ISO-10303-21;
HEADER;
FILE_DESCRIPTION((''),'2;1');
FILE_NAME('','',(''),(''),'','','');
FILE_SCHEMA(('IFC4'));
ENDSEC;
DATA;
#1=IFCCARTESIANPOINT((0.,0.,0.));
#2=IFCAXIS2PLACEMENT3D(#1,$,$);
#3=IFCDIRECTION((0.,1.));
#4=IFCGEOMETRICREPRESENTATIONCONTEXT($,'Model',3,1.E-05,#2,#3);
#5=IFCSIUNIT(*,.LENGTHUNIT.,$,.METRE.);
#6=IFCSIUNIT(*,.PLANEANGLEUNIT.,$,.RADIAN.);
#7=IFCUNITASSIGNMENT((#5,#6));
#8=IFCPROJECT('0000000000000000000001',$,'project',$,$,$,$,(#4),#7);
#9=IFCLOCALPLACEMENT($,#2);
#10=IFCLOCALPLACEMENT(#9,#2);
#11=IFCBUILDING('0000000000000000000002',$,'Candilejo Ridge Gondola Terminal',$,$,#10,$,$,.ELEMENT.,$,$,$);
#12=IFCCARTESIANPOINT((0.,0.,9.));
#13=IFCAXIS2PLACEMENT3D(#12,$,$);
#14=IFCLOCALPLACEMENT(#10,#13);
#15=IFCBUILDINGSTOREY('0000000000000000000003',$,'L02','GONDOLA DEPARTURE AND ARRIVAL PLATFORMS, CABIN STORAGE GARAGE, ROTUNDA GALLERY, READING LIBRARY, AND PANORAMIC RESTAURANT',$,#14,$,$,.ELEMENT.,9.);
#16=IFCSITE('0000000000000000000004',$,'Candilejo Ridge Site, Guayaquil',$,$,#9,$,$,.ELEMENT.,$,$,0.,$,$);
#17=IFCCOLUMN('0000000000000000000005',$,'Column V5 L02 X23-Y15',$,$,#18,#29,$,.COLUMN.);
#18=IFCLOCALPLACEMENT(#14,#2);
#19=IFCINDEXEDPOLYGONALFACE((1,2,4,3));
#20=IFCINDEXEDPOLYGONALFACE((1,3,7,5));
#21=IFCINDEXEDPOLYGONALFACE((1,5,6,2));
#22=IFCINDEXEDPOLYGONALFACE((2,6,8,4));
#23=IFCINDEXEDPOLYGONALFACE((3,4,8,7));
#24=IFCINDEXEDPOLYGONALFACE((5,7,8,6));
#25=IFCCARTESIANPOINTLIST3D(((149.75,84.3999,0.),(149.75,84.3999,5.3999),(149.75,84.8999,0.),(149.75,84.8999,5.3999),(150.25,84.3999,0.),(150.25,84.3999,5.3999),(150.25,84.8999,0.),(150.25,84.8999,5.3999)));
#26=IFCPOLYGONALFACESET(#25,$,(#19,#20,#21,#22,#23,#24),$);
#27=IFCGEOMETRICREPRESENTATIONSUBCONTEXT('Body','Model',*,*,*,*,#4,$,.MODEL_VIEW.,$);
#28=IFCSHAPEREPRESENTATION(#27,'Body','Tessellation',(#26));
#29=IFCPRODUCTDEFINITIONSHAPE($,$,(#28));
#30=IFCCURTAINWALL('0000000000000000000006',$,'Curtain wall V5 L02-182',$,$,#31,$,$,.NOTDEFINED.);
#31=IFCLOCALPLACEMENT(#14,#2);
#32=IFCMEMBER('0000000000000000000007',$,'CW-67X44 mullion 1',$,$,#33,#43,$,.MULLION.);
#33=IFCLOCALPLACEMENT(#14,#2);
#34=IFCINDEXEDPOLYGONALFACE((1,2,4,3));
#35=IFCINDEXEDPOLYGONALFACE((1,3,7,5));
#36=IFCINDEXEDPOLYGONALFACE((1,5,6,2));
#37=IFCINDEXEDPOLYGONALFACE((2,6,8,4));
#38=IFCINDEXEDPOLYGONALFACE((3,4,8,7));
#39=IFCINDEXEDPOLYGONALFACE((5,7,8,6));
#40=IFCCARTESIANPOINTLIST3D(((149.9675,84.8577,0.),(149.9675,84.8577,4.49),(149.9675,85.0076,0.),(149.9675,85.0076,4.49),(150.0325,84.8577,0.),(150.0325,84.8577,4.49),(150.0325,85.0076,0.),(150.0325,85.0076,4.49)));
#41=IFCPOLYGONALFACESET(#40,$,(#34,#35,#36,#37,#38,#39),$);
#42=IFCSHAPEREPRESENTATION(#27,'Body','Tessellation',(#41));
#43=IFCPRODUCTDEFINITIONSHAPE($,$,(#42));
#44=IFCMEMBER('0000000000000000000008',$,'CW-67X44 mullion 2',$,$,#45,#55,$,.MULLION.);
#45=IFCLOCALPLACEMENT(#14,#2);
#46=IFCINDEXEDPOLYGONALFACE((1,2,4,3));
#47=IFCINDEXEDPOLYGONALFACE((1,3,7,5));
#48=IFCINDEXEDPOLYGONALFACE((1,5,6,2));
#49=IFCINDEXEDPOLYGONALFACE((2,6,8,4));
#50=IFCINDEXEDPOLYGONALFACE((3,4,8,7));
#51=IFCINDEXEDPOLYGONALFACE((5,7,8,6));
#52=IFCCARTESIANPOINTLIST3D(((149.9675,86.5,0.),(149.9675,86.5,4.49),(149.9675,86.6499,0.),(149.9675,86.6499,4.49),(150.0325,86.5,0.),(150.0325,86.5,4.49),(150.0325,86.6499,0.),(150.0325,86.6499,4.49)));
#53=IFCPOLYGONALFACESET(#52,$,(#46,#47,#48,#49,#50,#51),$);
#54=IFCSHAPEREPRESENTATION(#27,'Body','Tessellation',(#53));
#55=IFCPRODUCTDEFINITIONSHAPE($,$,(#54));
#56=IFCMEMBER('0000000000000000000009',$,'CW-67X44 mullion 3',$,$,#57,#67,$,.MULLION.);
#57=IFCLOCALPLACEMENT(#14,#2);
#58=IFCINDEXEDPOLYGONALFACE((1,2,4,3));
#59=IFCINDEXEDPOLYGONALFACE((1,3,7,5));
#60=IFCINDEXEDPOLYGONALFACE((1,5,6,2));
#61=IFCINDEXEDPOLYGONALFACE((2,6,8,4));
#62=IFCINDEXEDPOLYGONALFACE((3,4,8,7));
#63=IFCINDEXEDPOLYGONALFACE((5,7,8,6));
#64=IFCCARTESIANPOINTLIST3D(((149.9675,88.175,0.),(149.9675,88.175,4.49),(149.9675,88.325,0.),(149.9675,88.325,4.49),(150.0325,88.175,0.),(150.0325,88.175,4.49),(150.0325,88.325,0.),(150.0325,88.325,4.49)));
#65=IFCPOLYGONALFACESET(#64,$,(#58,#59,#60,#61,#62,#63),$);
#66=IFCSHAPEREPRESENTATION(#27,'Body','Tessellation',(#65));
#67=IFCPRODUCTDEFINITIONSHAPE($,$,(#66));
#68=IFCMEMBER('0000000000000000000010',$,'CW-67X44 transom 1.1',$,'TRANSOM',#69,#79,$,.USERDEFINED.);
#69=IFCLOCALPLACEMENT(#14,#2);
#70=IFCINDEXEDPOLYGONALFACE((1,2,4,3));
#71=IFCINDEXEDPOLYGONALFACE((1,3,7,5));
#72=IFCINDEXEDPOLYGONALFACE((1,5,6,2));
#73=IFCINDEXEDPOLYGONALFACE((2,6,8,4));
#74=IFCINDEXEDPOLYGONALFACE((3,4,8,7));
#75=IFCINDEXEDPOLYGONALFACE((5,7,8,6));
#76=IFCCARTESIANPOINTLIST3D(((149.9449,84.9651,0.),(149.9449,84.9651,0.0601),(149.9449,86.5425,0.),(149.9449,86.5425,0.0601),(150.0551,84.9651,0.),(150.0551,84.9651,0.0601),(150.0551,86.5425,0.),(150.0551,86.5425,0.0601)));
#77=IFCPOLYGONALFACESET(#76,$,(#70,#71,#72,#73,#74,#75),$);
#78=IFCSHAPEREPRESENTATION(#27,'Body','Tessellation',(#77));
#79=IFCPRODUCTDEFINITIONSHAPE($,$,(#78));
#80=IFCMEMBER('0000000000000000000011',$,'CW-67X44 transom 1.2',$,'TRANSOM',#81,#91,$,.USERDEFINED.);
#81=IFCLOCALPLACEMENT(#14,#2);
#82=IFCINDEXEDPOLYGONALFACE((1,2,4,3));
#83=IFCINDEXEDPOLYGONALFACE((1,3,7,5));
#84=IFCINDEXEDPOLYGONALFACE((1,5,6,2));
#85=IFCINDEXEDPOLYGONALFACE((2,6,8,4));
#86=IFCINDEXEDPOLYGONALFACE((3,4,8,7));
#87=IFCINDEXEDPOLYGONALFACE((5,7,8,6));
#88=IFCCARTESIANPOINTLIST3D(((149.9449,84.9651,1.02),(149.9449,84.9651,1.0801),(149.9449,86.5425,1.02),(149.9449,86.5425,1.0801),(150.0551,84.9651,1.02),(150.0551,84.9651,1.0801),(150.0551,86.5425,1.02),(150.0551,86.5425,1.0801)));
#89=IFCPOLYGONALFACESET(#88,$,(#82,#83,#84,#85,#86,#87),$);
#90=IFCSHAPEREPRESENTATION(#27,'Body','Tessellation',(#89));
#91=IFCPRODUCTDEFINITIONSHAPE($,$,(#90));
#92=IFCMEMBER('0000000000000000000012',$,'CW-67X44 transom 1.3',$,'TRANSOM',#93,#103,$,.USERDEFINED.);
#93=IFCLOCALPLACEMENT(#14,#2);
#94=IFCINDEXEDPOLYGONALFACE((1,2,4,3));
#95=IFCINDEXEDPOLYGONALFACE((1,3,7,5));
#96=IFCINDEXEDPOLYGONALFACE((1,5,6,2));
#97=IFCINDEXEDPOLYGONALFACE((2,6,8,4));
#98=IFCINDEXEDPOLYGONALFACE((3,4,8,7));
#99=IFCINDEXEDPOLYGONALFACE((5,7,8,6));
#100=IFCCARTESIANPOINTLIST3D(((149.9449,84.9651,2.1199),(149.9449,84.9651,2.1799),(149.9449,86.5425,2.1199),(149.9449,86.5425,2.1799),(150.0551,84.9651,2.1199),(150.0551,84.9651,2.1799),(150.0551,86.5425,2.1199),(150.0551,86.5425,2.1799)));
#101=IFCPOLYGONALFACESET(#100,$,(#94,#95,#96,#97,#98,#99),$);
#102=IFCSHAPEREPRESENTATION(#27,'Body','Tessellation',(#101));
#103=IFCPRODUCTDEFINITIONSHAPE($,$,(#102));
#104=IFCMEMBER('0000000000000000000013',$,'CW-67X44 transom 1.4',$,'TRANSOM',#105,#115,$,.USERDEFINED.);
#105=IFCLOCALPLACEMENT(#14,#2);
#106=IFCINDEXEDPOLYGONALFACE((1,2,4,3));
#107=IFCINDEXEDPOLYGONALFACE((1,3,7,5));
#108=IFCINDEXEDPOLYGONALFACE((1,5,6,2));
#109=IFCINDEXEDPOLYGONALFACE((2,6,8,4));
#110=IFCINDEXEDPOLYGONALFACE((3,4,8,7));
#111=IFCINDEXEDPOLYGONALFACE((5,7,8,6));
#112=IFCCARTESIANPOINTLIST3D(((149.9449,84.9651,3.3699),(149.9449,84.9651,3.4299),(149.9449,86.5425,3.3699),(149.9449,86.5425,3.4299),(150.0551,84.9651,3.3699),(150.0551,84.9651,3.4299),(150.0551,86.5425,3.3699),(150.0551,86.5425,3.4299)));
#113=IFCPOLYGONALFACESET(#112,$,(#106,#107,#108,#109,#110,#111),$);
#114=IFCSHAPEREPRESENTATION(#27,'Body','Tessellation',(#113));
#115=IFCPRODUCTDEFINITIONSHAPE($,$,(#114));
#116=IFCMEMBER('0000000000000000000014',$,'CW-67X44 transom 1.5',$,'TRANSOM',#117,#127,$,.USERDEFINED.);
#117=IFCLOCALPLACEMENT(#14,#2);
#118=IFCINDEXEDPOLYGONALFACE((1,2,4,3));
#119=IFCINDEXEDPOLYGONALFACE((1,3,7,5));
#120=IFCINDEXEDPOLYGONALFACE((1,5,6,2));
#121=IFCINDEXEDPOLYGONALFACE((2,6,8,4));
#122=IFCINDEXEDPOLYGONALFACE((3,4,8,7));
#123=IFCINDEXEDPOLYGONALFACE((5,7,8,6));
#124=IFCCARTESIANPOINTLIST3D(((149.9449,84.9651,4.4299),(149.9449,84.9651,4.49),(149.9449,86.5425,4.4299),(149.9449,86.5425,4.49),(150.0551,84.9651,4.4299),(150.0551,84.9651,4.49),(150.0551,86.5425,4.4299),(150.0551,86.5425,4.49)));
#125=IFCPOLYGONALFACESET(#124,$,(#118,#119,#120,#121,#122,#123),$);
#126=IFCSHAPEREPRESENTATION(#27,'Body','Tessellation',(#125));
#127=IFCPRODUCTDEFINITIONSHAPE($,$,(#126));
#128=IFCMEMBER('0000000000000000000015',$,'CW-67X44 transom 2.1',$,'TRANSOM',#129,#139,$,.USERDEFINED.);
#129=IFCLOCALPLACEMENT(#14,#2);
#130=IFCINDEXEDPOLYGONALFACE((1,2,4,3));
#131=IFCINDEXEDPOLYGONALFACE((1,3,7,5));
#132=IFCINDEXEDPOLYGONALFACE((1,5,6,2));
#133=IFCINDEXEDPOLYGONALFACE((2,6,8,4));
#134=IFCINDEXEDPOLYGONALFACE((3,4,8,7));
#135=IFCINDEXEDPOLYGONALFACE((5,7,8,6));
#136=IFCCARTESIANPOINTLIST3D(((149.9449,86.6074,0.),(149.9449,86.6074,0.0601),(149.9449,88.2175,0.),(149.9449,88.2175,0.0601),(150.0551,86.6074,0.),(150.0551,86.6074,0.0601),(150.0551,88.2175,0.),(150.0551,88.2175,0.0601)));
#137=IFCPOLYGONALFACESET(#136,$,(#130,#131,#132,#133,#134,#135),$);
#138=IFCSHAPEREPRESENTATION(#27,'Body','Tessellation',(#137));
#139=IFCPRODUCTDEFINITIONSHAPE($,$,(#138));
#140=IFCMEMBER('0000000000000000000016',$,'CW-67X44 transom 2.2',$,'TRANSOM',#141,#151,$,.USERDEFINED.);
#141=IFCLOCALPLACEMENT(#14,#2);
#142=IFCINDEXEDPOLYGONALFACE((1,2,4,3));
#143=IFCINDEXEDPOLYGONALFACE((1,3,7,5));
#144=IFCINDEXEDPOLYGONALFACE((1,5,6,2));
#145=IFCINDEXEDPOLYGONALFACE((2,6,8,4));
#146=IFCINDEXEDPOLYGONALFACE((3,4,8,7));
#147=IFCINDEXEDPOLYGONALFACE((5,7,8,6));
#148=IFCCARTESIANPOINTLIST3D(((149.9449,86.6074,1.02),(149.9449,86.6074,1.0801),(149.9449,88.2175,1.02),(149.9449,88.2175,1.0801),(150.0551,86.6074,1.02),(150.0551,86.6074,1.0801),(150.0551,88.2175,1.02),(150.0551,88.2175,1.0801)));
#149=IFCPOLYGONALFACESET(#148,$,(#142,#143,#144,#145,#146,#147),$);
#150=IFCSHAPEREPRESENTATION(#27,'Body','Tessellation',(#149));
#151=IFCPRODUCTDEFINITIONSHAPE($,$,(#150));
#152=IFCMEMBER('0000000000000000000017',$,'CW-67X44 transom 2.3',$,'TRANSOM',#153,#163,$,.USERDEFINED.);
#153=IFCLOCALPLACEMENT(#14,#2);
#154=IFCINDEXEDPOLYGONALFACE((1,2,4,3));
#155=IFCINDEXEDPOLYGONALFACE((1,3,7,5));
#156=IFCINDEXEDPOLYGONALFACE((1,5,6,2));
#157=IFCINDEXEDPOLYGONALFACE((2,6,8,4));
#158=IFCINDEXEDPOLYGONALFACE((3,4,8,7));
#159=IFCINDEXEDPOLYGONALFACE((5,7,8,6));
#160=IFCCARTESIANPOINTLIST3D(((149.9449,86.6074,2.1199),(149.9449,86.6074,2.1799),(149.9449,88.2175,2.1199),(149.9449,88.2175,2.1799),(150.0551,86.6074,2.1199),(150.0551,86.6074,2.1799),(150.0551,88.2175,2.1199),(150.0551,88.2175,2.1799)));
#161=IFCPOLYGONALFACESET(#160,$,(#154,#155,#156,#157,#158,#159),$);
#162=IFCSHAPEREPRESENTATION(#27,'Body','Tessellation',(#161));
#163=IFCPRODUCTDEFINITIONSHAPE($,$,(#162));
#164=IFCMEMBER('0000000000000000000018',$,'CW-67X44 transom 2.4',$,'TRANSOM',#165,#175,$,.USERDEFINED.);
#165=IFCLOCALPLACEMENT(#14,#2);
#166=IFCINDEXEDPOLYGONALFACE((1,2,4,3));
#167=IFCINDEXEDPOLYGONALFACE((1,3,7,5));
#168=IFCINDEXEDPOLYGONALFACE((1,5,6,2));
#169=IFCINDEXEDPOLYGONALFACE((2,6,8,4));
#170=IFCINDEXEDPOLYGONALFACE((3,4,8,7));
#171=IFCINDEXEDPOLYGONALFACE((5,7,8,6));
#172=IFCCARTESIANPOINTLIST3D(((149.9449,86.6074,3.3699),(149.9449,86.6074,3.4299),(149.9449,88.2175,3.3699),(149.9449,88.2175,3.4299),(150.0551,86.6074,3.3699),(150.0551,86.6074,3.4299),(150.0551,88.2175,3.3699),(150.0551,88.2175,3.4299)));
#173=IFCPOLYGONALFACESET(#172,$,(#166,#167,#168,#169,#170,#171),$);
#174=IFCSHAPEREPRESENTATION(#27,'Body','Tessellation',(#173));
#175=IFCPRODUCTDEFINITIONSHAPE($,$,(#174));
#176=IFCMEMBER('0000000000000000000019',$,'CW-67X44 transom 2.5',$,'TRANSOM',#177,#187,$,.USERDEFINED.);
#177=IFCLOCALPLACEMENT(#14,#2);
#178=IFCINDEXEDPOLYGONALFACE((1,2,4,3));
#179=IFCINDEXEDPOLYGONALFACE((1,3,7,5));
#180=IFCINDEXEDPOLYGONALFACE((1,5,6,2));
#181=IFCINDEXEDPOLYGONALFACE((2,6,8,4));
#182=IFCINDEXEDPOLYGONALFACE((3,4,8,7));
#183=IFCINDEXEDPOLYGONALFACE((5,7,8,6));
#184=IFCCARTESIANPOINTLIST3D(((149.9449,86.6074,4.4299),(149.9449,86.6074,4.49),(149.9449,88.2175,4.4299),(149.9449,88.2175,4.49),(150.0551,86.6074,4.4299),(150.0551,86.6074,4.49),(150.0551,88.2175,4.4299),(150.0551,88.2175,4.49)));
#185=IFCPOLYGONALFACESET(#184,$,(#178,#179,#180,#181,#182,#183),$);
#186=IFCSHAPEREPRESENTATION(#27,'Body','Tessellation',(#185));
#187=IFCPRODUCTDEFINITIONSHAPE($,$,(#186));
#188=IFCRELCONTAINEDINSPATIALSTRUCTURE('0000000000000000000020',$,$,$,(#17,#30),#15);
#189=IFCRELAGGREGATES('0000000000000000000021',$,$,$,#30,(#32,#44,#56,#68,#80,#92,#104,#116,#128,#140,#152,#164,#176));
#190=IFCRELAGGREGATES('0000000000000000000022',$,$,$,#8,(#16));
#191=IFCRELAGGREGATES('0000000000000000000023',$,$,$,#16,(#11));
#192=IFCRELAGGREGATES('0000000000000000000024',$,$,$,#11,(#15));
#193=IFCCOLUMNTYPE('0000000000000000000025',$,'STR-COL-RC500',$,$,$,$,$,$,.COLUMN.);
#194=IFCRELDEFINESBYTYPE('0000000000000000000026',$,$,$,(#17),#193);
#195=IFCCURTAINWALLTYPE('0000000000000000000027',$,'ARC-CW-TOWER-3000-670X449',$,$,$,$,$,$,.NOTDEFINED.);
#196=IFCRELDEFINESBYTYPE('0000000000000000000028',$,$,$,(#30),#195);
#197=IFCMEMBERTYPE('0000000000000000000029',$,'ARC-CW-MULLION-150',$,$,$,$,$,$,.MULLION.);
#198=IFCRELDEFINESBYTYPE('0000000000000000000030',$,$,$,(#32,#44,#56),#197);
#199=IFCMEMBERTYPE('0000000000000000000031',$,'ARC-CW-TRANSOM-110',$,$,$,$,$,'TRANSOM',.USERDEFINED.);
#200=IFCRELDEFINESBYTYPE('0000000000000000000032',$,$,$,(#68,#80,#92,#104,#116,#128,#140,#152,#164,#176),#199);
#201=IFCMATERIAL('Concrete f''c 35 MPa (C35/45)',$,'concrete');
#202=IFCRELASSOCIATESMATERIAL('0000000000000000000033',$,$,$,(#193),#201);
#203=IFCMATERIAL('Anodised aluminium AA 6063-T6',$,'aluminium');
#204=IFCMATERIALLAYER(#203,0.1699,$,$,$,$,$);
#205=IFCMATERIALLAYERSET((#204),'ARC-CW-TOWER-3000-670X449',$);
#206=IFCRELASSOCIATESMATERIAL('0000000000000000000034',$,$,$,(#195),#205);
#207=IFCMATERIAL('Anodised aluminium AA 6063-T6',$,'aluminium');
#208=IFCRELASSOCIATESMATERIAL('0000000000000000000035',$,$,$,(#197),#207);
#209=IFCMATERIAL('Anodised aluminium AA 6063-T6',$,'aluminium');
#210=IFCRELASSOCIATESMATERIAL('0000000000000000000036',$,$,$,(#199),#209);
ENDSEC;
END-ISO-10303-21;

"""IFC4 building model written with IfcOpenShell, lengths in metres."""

from ifc_helpers import new_model, si_unit, direction, frame, origin, origin_2d, place, context, subcontext, project, spatial, rectangle, extrude, material, layer, layer_set, material_profile, profile_set, type_object, element, aggregate, save


model = new_model("IFC4")

# Units and contexts
model_context = context("Model", 3, precision=1e-05, world=origin(), true_north=direction((0.0, 1.0)))
body_context = subcontext(model_context, "Body", "Model", "MODEL_VIEW")
ifc_project = project(units=[si_unit("LENGTHUNIT", "METRE"), si_unit("PLANEANGLEUNIT", "RADIAN")], contexts=[model_context])

# Site, building, storey
site_placement = place(None, origin())
site = spatial("IfcSite", under=ifc_project, at=site_placement, Name="Candilejo Ridge Site, Guayaquil", CompositionType="ELEMENT", RefElevation=0.0)
building_placement = place(site_placement, origin())
building = spatial("IfcBuilding", under=site, at=building_placement, Name="Candilejo Ridge Gondola Terminal", CompositionType="ELEMENT")
storey_placement = place(building_placement, frame((0.0, 0.0, 9.0)))
storey = spatial("IfcBuildingStorey", under=building, at=storey_placement, Name="L02", Description="GONDOLA DEPARTURE AND ARRIVAL PLATFORMS, CABIN STORAGE GARAGE, ROTUNDA GALLERY, READING LIBRARY, AND PANORAMIC RESTAURANT", CompositionType="ELEMENT", Elevation=9.0)

# Column
ifc_material_1 = material(Name="Concrete f'c 35 MPa (C35/45)", Category="concrete")
ifc_material_profile_1 = material_profile(ifc_material_1, rectangle(XDim=0.5, YDim=0.5, at=origin_2d()))
ifc_profile_set_1 = profile_set([ifc_material_profile_1], Name="Concrete f'c 35 MPa (C35/45)")
column_type = type_object("IfcColumnType", Name="STR-COL-RC500", PredefinedType="COLUMN", material=ifc_profile_set_1)
column_placement = place(storey_placement, frame((150.0, 84.6499, 0.0), z_axis=(0.0, 0.0, 1.0), x_axis=(1.0, 0.0, 0.0)))
element("IfcColumn", 1, at=column_placement, inside=storey, type_object=column_type, Name="Column V5 L02 X23-Y15", PredefinedType="COLUMN", context=body_context, shape_type="SweptSolid", body=[
    extrude(rectangle(XDim=0.5, YDim=0.5, at=origin_2d()), origin(), (0.0, 0.0, 1.0), 5.3999),
])

# Curtain wall, members
ifc_material_2 = material(Name="Anodised aluminium AA 6063-T6", Category="aluminium")
ifc_layer_1 = layer(ifc_material_2, 0.1699)
ifc_layer_set_1 = layer_set([ifc_layer_1], Name="ARC-CW-TOWER-3000-670X449")
curtain_wall_type = type_object("IfcCurtainWallType", Name="ARC-CW-TOWER-3000-670X449", PredefinedType="NOTDEFINED", material=ifc_layer_set_1)
curtain_wall_placement = place(storey_placement, origin())
curtain_wall = element("IfcCurtainWall", 2, at=curtain_wall_placement, inside=storey, type_object=curtain_wall_type, Name="Curtain wall V5 L02-182", PredefinedType="NOTDEFINED")
ifc_material_3 = material(Name="Anodised aluminium AA 6063-T6", Category="aluminium")
ifc_material_profile_2 = material_profile(ifc_material_3, rectangle(XDim=0.0649, YDim=0.1499, at=origin_2d()))
ifc_profile_set_2 = profile_set([ifc_material_profile_2], Name="Anodised aluminium AA 6063-T6")
member_type_1 = type_object("IfcMemberType", Name="ARC-CW-MULLION-150", PredefinedType="MULLION", material=ifc_profile_set_2)
member_1_placement = place(storey_placement, frame((150.0, 84.9326, 0.0), z_axis=(0.0, 0.0, 1.0), x_axis=(-1.0, 0.0, 0.0)))
member_1 = element("IfcMember", 3, at=member_1_placement, type_object=member_type_1, Name="CW-67X44 mullion 1", PredefinedType="MULLION", context=body_context, shape_type="SweptSolid", body=[
    extrude(rectangle(XDim=0.0649, YDim=0.1499, at=origin_2d()), origin(), (0.0, 0.0, 1.0), 4.49),
])
member_2_placement = place(storey_placement, frame((150.0, 86.575, 0.0), z_axis=(0.0, 0.0, 1.0), x_axis=(-1.0, 0.0, 0.0)))
member_2 = element("IfcMember", 4, at=member_2_placement, type_object=member_type_1, Name="CW-67X44 mullion 2", PredefinedType="MULLION", context=body_context, shape_type="SweptSolid", body=[
    extrude(rectangle(XDim=0.0649, YDim=0.1499, at=origin_2d()), origin(), (0.0, 0.0, 1.0), 4.49),
])
member_3_placement = place(storey_placement, frame((150.0, 88.25, 0.0), z_axis=(0.0, 0.0, 1.0), x_axis=(-1.0, 0.0, 0.0)))
member_3 = element("IfcMember", 5, at=member_3_placement, type_object=member_type_1, Name="CW-67X44 mullion 3", PredefinedType="MULLION", context=body_context, shape_type="SweptSolid", body=[
    extrude(rectangle(XDim=0.0649, YDim=0.1499, at=origin_2d()), origin(), (0.0, 0.0, 1.0), 4.49),
])
ifc_material_4 = material(Name="Anodised aluminium AA 6063-T6", Category="aluminium")
ifc_material_profile_3 = material_profile(ifc_material_4, rectangle(XDim=0.1101, YDim=0.0601, at=origin_2d()))
ifc_profile_set_3 = profile_set([ifc_material_profile_3], Name="Anodised aluminium AA 6063-T6")
member_type_2 = type_object("IfcMemberType", Name="ARC-CW-TRANSOM-110", ElementType="TRANSOM", PredefinedType="USERDEFINED", material=ifc_profile_set_3)
member_4_placement = place(storey_placement, frame((150.0, 84.9651, 0.03), z_axis=(0.0, 1.0, 0.0), x_axis=(-1.0, 0.0, 0.0)))
member_4 = element("IfcMember", 6, at=member_4_placement, type_object=member_type_2, Name="CW-67X44 transom 1.1", ObjectType="TRANSOM", PredefinedType="USERDEFINED", context=body_context, shape_type="SweptSolid", body=[
    extrude(rectangle(XDim=0.1101, YDim=0.0601, at=origin_2d()), origin(), (0.0, 0.0, 1.0), 1.5774),
])
member_5_placement = place(storey_placement, frame((150.0, 84.9651, 1.05), z_axis=(0.0, 1.0, 0.0), x_axis=(-1.0, 0.0, 0.0)))
member_5 = element("IfcMember", 7, at=member_5_placement, type_object=member_type_2, Name="CW-67X44 transom 1.2", ObjectType="TRANSOM", PredefinedType="USERDEFINED", context=body_context, shape_type="SweptSolid", body=[
    extrude(rectangle(XDim=0.1101, YDim=0.0601, at=origin_2d()), origin(), (0.0, 0.0, 1.0), 1.5774),
])
member_6_placement = place(storey_placement, frame((150.0, 84.9651, 2.1499), z_axis=(0.0, 1.0, 0.0), x_axis=(-1.0, 0.0, 0.0)))
member_6 = element("IfcMember", 8, at=member_6_placement, type_object=member_type_2, Name="CW-67X44 transom 1.3", ObjectType="TRANSOM", PredefinedType="USERDEFINED", context=body_context, shape_type="SweptSolid", body=[
    extrude(rectangle(XDim=0.1101, YDim=0.0601, at=origin_2d()), origin(), (0.0, 0.0, 1.0), 1.5774),
])
member_7_placement = place(storey_placement, frame((150.0, 84.9651, 3.3999), z_axis=(0.0, 1.0, 0.0), x_axis=(-1.0, 0.0, 0.0)))
member_7 = element("IfcMember", 9, at=member_7_placement, type_object=member_type_2, Name="CW-67X44 transom 1.4", ObjectType="TRANSOM", PredefinedType="USERDEFINED", context=body_context, shape_type="SweptSolid", body=[
    extrude(rectangle(XDim=0.1101, YDim=0.0601, at=origin_2d()), origin(), (0.0, 0.0, 1.0), 1.5774),
])
member_8_placement = place(storey_placement, frame((150.0, 84.9651, 4.46), z_axis=(0.0, 1.0, 0.0), x_axis=(-1.0, 0.0, 0.0)))
member_8 = element("IfcMember", 10, at=member_8_placement, type_object=member_type_2, Name="CW-67X44 transom 1.5", ObjectType="TRANSOM", PredefinedType="USERDEFINED", context=body_context, shape_type="SweptSolid", body=[
    extrude(rectangle(XDim=0.1101, YDim=0.0601, at=origin_2d()), origin(), (0.0, 0.0, 1.0), 1.5774),
])
member_9_placement = place(storey_placement, frame((150.0, 86.6074, 0.03), z_axis=(0.0, 1.0, 0.0), x_axis=(-1.0, 0.0, 0.0)))
member_9 = element("IfcMember", 11, at=member_9_placement, type_object=member_type_2, Name="CW-67X44 transom 2.1", ObjectType="TRANSOM", PredefinedType="USERDEFINED", context=body_context, shape_type="SweptSolid", body=[
    extrude(rectangle(XDim=0.1101, YDim=0.0601, at=origin_2d()), origin(), (0.0, 0.0, 1.0), 1.6101),
])
member_10_placement = place(storey_placement, frame((150.0, 86.6074, 1.05), z_axis=(0.0, 1.0, 0.0), x_axis=(-1.0, 0.0, 0.0)))
member_10 = element("IfcMember", 12, at=member_10_placement, type_object=member_type_2, Name="CW-67X44 transom 2.2", ObjectType="TRANSOM", PredefinedType="USERDEFINED", context=body_context, shape_type="SweptSolid", body=[
    extrude(rectangle(XDim=0.1101, YDim=0.0601, at=origin_2d()), origin(), (0.0, 0.0, 1.0), 1.6101),
])
member_11_placement = place(storey_placement, frame((150.0, 86.6074, 2.1499), z_axis=(0.0, 1.0, 0.0), x_axis=(-1.0, 0.0, 0.0)))
member_11 = element("IfcMember", 13, at=member_11_placement, type_object=member_type_2, Name="CW-67X44 transom 2.3", ObjectType="TRANSOM", PredefinedType="USERDEFINED", context=body_context, shape_type="SweptSolid", body=[
    extrude(rectangle(XDim=0.1101, YDim=0.0601, at=origin_2d()), origin(), (0.0, 0.0, 1.0), 1.6101),
])
member_12_placement = place(storey_placement, frame((150.0, 86.6074, 3.3999), z_axis=(0.0, 1.0, 0.0), x_axis=(-1.0, 0.0, 0.0)))
member_12 = element("IfcMember", 14, at=member_12_placement, type_object=member_type_2, Name="CW-67X44 transom 2.4", ObjectType="TRANSOM", PredefinedType="USERDEFINED", context=body_context, shape_type="SweptSolid", body=[
    extrude(rectangle(XDim=0.1101, YDim=0.0601, at=origin_2d()), origin(), (0.0, 0.0, 1.0), 1.6101),
])
member_13_placement = place(storey_placement, frame((150.0, 86.6074, 4.46), z_axis=(0.0, 1.0, 0.0), x_axis=(-1.0, 0.0, 0.0)))
member_13 = element("IfcMember", 15, at=member_13_placement, type_object=member_type_2, Name="CW-67X44 transom 2.5", ObjectType="TRANSOM", PredefinedType="USERDEFINED", context=body_context, shape_type="SweptSolid", body=[
    extrude(rectangle(XDim=0.1101, YDim=0.0601, at=origin_2d()), origin(), (0.0, 0.0, 1.0), 1.6101),
])

aggregate(curtain_wall, [member_1, member_2, member_3, member_4, member_5, member_6, member_7, member_8, member_9, member_10, member_11, member_12, member_13])

save(model, "model.ifc")
